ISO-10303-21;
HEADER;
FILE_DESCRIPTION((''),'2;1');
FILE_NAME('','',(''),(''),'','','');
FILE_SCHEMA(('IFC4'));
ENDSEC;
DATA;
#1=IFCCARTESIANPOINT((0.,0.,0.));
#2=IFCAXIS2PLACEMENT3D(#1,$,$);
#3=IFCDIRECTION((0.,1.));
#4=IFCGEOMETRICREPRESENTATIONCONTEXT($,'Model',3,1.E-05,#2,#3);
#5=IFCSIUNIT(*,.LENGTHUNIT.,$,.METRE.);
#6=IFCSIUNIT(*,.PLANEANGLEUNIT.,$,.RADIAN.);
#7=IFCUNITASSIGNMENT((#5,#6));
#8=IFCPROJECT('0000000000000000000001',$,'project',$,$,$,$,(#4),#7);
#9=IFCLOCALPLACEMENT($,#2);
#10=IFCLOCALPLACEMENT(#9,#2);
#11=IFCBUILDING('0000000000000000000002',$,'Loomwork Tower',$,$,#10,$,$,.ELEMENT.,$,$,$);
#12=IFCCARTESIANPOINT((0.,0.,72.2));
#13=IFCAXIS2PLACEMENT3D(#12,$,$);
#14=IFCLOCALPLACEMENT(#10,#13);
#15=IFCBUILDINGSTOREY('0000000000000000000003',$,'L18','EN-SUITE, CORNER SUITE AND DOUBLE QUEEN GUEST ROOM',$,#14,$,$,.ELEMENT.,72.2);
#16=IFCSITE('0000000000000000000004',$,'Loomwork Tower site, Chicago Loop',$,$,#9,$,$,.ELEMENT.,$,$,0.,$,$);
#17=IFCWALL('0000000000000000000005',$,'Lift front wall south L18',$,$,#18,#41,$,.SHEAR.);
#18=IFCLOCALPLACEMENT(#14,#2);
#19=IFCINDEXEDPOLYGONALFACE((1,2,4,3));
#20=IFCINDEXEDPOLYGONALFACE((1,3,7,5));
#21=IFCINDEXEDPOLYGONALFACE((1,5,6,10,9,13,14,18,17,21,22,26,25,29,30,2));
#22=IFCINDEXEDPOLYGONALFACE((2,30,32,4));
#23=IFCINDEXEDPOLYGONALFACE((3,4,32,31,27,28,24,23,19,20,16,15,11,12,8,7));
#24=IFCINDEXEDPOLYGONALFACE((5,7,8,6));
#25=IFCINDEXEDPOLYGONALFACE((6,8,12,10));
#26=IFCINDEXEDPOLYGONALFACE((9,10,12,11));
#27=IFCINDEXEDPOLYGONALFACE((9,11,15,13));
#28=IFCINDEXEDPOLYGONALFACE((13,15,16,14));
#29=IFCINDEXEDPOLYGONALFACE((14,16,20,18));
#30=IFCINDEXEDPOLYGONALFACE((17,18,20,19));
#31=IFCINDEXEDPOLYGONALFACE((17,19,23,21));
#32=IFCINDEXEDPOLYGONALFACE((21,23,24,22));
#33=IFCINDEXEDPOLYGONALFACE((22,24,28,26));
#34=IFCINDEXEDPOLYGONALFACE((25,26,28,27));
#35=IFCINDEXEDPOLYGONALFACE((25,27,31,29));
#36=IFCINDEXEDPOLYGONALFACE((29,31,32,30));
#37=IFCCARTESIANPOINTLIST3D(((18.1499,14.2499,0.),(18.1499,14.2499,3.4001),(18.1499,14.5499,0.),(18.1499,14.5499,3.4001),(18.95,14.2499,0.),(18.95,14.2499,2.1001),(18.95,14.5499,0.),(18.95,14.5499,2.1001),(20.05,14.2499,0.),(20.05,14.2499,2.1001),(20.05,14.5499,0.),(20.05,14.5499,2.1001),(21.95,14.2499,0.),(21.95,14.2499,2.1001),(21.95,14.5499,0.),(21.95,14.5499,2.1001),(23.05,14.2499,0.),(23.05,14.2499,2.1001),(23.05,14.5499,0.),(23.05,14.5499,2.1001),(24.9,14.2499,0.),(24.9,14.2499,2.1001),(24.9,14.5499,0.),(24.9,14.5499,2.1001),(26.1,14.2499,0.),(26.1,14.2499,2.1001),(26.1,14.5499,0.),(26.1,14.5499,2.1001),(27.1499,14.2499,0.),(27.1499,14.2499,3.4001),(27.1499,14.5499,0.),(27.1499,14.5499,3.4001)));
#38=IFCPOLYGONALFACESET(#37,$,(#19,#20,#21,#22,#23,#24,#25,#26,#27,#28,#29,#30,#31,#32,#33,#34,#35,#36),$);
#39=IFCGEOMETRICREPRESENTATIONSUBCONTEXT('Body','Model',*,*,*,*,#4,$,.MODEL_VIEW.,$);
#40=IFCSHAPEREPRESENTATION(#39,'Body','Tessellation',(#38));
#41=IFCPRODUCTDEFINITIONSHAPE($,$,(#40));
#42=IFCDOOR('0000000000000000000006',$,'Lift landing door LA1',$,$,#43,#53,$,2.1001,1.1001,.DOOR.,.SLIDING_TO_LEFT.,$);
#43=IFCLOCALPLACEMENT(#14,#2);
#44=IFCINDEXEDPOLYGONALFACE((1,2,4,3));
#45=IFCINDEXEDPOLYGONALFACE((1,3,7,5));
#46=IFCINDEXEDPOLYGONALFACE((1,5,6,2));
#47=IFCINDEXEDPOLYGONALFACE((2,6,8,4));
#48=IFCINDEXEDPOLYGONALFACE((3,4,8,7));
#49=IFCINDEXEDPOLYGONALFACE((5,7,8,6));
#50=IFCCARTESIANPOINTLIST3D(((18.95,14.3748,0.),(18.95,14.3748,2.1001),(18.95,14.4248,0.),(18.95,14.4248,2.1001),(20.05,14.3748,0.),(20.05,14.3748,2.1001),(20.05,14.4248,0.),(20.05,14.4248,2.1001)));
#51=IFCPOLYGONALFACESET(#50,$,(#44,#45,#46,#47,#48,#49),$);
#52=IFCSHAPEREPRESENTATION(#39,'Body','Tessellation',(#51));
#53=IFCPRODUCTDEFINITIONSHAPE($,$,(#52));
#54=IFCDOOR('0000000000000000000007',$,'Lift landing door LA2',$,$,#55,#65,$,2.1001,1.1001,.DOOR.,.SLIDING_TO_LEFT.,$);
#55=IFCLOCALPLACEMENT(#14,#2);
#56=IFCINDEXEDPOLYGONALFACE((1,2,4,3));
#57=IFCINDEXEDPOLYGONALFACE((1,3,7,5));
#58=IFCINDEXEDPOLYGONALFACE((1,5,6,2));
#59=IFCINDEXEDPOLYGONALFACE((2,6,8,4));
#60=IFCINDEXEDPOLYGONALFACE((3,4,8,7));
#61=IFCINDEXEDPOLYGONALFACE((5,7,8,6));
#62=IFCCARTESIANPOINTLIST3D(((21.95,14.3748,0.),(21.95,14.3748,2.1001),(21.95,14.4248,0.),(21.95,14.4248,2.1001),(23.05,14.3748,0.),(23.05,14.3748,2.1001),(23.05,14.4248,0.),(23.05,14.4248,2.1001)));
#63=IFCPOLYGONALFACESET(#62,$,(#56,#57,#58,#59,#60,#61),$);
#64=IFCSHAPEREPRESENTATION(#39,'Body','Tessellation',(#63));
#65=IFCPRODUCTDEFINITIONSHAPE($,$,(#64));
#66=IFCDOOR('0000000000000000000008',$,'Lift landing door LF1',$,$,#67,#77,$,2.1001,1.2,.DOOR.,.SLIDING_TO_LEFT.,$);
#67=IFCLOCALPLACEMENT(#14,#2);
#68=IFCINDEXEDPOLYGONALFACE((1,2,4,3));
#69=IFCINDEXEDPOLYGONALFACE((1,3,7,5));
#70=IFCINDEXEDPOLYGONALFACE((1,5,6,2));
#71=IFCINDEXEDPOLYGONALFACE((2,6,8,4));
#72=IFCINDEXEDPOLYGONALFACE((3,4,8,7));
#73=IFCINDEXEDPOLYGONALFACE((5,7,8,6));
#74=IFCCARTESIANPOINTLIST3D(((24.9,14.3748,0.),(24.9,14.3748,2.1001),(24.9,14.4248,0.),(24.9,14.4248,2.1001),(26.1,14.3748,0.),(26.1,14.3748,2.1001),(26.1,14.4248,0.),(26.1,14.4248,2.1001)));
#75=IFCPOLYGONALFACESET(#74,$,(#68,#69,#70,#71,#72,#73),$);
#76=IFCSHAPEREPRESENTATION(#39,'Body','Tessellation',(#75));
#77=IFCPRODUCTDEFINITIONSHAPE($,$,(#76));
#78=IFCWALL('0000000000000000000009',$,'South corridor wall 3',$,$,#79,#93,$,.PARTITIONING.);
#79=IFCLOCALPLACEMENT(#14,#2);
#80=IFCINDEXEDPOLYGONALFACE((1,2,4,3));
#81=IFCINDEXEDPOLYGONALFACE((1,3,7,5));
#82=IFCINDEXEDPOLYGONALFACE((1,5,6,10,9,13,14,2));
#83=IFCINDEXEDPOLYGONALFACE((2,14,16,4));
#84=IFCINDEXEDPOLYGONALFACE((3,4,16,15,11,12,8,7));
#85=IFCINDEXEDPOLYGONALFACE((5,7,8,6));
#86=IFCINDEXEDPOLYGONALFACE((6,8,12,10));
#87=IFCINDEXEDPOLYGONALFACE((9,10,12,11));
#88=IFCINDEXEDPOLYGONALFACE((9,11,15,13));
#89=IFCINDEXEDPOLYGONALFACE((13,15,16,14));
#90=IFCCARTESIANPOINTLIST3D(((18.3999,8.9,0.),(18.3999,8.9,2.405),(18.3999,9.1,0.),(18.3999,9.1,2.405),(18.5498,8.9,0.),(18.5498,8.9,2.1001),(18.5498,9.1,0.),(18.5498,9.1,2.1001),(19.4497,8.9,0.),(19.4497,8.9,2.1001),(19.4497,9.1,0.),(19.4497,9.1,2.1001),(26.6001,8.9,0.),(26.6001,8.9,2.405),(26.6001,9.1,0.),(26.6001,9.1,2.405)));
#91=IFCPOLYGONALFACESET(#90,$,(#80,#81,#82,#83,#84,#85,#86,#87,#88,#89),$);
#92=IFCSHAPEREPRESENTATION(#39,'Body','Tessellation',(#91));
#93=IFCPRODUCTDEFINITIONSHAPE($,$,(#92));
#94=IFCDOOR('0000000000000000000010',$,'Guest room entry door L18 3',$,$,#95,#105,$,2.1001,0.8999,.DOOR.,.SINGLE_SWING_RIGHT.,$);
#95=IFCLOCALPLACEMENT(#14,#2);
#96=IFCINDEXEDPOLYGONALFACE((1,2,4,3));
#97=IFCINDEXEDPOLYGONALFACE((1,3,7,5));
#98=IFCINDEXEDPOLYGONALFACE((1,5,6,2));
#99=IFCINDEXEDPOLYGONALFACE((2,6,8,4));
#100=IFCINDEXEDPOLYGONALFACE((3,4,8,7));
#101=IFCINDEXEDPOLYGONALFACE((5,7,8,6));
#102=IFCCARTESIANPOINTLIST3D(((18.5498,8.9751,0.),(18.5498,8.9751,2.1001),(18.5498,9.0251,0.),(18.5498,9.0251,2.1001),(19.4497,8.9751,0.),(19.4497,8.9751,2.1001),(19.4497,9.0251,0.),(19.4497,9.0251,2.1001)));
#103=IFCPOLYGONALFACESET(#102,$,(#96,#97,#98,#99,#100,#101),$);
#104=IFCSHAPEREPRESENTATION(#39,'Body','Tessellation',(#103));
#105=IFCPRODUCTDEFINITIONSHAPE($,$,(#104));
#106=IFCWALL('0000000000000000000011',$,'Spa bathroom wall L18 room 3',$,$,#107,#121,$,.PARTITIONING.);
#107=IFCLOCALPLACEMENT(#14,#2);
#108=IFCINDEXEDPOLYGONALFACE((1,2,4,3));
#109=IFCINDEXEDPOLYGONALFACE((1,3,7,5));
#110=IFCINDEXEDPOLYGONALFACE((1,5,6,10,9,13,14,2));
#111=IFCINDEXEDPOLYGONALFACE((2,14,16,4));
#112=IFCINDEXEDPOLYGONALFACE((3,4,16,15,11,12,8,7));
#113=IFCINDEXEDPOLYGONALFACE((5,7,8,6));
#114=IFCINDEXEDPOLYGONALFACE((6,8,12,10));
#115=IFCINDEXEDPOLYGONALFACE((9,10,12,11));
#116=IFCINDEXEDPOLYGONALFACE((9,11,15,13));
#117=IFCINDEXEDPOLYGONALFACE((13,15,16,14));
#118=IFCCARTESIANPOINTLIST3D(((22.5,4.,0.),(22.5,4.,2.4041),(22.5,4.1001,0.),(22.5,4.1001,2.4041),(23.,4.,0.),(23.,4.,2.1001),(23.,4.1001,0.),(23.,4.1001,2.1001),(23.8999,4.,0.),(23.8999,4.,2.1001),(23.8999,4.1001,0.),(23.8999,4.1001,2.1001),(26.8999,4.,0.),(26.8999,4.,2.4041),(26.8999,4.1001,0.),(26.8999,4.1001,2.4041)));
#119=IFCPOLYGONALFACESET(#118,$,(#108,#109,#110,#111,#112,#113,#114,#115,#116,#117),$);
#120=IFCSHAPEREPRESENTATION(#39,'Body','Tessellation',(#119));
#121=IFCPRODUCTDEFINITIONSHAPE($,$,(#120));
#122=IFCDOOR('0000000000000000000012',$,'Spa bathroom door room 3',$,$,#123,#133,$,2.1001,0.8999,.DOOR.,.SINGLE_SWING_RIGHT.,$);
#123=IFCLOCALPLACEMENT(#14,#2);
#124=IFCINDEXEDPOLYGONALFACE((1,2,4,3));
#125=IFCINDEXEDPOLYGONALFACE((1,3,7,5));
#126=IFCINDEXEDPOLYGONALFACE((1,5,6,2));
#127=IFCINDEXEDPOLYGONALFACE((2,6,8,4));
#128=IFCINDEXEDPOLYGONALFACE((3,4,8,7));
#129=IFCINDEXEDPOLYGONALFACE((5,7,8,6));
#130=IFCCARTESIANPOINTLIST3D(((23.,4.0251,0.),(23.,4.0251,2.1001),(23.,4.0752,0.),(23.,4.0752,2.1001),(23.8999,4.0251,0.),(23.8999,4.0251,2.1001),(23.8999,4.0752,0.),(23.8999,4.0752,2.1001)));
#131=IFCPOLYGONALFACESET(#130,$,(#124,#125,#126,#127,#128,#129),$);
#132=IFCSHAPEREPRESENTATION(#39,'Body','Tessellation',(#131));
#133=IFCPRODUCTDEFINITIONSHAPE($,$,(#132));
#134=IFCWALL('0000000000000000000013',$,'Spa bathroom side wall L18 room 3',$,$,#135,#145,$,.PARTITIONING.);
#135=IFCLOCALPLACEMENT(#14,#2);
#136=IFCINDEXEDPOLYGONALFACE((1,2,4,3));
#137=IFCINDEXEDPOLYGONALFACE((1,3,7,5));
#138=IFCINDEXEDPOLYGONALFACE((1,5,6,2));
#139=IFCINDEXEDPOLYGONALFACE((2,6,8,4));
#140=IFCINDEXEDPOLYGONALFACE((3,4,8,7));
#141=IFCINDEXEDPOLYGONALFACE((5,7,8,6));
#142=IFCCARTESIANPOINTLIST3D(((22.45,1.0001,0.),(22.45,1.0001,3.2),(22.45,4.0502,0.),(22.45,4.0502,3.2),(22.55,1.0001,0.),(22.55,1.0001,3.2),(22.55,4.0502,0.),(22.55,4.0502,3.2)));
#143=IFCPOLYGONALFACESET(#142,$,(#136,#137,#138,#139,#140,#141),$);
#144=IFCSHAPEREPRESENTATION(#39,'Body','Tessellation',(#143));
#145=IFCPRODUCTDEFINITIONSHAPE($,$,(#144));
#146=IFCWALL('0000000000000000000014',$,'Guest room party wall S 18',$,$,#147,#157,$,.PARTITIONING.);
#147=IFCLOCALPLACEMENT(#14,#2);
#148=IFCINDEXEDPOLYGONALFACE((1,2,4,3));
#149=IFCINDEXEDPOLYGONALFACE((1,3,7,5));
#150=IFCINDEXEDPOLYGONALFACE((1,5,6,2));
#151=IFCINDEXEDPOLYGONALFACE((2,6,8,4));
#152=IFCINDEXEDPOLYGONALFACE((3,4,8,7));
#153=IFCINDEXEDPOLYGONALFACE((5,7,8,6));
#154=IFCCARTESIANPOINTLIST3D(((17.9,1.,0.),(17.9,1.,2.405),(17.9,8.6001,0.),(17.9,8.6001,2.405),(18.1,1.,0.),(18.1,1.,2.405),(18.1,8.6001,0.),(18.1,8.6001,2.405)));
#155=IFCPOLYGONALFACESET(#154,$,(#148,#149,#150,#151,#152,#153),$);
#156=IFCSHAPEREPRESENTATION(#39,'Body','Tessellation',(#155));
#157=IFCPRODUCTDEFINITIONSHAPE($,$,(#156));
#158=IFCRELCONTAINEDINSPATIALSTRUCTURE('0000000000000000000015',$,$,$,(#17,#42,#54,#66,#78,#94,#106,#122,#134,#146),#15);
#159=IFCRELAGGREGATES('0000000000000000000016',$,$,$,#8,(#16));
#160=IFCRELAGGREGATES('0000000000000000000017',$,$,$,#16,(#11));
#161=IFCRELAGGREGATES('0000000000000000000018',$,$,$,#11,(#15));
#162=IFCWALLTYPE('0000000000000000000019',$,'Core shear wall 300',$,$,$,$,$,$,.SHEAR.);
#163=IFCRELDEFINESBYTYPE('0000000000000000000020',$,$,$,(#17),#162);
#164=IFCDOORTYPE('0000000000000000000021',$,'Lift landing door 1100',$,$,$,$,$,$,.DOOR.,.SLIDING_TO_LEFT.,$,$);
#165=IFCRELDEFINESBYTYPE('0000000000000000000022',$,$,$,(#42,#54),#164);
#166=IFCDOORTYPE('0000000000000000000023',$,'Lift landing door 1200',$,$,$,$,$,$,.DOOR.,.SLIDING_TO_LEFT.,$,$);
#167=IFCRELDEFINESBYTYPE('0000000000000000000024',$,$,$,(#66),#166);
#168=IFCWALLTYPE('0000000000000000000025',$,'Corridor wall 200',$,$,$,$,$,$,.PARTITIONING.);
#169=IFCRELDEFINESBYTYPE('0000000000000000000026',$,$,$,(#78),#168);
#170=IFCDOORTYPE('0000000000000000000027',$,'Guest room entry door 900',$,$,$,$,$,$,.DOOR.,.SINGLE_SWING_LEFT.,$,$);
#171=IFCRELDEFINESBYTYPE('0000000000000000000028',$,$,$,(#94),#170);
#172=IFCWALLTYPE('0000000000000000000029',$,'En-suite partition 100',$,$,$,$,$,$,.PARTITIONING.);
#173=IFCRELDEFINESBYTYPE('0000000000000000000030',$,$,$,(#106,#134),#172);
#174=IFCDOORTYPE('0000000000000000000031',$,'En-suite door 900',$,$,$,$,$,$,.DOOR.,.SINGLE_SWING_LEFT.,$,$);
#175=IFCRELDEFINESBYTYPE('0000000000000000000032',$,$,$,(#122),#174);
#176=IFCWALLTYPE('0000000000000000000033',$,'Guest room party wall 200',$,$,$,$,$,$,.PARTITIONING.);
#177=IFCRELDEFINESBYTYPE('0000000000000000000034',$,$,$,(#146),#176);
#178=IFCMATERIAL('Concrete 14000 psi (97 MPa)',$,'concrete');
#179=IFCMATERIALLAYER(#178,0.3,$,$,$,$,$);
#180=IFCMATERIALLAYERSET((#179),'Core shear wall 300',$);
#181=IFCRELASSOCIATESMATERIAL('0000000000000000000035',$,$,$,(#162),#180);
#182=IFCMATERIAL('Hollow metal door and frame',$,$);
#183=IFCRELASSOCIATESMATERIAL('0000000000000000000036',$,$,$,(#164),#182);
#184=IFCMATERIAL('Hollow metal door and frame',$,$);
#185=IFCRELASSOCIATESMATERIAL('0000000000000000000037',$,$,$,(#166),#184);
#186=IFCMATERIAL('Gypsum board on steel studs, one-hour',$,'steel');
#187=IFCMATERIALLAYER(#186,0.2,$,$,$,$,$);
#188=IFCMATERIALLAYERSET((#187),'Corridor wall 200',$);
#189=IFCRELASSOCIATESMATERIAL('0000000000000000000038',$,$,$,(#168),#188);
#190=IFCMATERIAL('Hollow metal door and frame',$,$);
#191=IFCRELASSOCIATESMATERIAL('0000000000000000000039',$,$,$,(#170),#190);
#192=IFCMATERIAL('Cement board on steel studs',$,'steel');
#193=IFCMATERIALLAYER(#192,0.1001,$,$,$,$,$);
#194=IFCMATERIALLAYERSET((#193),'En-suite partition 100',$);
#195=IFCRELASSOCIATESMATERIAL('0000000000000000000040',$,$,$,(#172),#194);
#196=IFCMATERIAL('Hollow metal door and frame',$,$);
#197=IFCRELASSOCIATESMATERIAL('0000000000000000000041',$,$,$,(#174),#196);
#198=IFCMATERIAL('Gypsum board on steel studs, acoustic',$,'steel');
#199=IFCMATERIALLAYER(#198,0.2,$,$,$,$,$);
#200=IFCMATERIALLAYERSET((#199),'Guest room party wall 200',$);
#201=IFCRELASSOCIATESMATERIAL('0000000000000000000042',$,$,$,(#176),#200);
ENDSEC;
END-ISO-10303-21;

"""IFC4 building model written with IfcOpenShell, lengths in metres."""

from ifc_helpers import new_model, si_unit, direction, frame, frame_2d, origin, place, context, subcontext, project, spatial, rectangle, extrude, material, layer, layer_set, type_object, element, fill, save


model = new_model("IFC4")

# Units and contexts
model_context = context("Model", 3, precision=1e-05, world=origin(), true_north=direction((0.0, 1.0)))
body_context = subcontext(model_context, "Body", "Model", "MODEL_VIEW")
ifc_project = project(units=[si_unit("LENGTHUNIT", "METRE"), si_unit("PLANEANGLEUNIT", "RADIAN")], contexts=[model_context])

# Site, building, storey
site_placement = place(None, origin())
site = spatial("IfcSite", under=ifc_project, at=site_placement, Name="Loomwork Tower site, Chicago Loop", CompositionType="ELEMENT", RefElevation=0.0)
building_placement = place(site_placement, origin())
building = spatial("IfcBuilding", under=site, at=building_placement, Name="Loomwork Tower", CompositionType="ELEMENT")
storey_placement = place(building_placement, frame((0.0, 0.0, 72.2)))
storey = spatial("IfcBuildingStorey", under=building, at=storey_placement, Name="L18", Description="EN-SUITE, CORNER SUITE AND DOUBLE QUEEN GUEST ROOM", CompositionType="ELEMENT", Elevation=72.2)

# Wall, openings, doors
ifc_material_1 = material(Name="Concrete 14000 psi (97 MPa)", Category="concrete")
ifc_layer_1 = layer(ifc_material_1, 0.3)
ifc_layer_set_1 = layer_set([ifc_layer_1], Name="Core shear wall 300")
wall_type_1 = type_object("IfcWallType", Name="Core shear wall 300", PredefinedType="SHEAR", material=ifc_layer_set_1)
wall_1_placement = place(storey_placement, frame((18.1499, 14.3999, 0.0), z_axis=(0.0, 0.0, 1.0), x_axis=(1.0, 0.0, 0.0)))
wall_1 = element("IfcWall", 1, at=wall_1_placement, inside=storey, type_object=wall_type_1, Name="Lift front wall south L18", PredefinedType="SHEAR", context=body_context, shape_type="SweptSolid", body=[
    extrude(rectangle(XDim=9.0, YDim=0.3, at=frame_2d((4.5, 0.0))), origin(), (0.0, 0.0, 1.0), 3.4001),
])
opening_1_placement = place(wall_1_placement, frame((0.8, 0.0, 0.0)))
opening_1 = element("IfcOpeningElement", 2, at=opening_1_placement, cuts=wall_1, PredefinedType="OPENING", context=body_context, shape_type="SweptSolid", body=[
    extrude(rectangle(XDim=1.1001, YDim=2.1001, at=frame_2d((0.55, 1.05))), frame((0.0, 0.1599, 0.0), z_axis=(0.0, -1.0, 0.0), x_axis=(1.0, 0.0, 0.0)), (0.0, 0.0, 1.0), 0.3201),
])
opening_2_placement = place(wall_1_placement, frame((3.8, 0.0, 0.0)))
opening_2 = element("IfcOpeningElement", 3, at=opening_2_placement, cuts=wall_1, PredefinedType="OPENING", context=body_context, shape_type="SweptSolid", body=[
    extrude(rectangle(XDim=1.1001, YDim=2.1001, at=frame_2d((0.55, 1.05))), frame((0.0, 0.1599, 0.0), z_axis=(0.0, -1.0, 0.0), x_axis=(1.0, 0.0, 0.0)), (0.0, 0.0, 1.0), 0.3201),
])
opening_3_placement = place(wall_1_placement, frame((6.75, 0.0, 0.0)))
opening_3 = element("IfcOpeningElement", 4, at=opening_3_placement, cuts=wall_1, PredefinedType="OPENING", context=body_context, shape_type="SweptSolid", body=[
    extrude(rectangle(XDim=1.2, YDim=2.1001, at=frame_2d((0.6001, 1.05))), frame((0.0, 0.1599, 0.0), z_axis=(0.0, -1.0, 0.0), x_axis=(1.0, 0.0, 0.0)), (0.0, 0.0, 1.0), 0.3201),
])
ifc_material_2 = material(Name="Hollow metal door and frame")
door_type_1 = type_object("IfcDoorType", Name="Lift landing door 1100", OperationType="SLIDING_TO_LEFT", PredefinedType="DOOR", material=ifc_material_2)
door_1_placement = place(opening_1_placement, origin())
door_1 = element("IfcDoor", 5, at=door_1_placement, inside=storey, type_object=door_type_1, Name="Lift landing door LA1", OperationType="SLIDING_TO_LEFT", OverallHeight=2.1001, OverallWidth=1.1001, PredefinedType="DOOR", context=body_context, shape_type="SweptSolid", body=[
    extrude(rectangle(XDim=1.1001, YDim=2.1001, at=frame_2d((0.55, 1.05))), frame((0.0, 0.0249, 0.0), z_axis=(0.0, -1.0, 0.0), x_axis=(1.0, 0.0, 0.0)), (0.0, 0.0, 1.0), 0.05),
])
fill(opening_1, door_1)
door_2_placement = place(opening_2_placement, origin())
door_2 = element("IfcDoor", 6, at=door_2_placement, inside=storey, type_object=door_type_1, Name="Lift landing door LA2", OperationType="SLIDING_TO_LEFT", OverallHeight=2.1001, OverallWidth=1.1001, PredefinedType="DOOR", context=body_context, shape_type="SweptSolid", body=[
    extrude(rectangle(XDim=1.1001, YDim=2.1001, at=frame_2d((0.55, 1.05))), frame((0.0, 0.0249, 0.0), z_axis=(0.0, -1.0, 0.0), x_axis=(1.0, 0.0, 0.0)), (0.0, 0.0, 1.0), 0.05),
])
fill(opening_2, door_2)
ifc_material_3 = material(Name="Hollow metal door and frame")
door_type_2 = type_object("IfcDoorType", Name="Lift landing door 1200", OperationType="SLIDING_TO_LEFT", PredefinedType="DOOR", material=ifc_material_3)
door_3_placement = place(opening_3_placement, origin())
door_3 = element("IfcDoor", 7, at=door_3_placement, inside=storey, type_object=door_type_2, Name="Lift landing door LF1", OperationType="SLIDING_TO_LEFT", OverallHeight=2.1001, OverallWidth=1.2, PredefinedType="DOOR", context=body_context, shape_type="SweptSolid", body=[
    extrude(rectangle(XDim=1.2, YDim=2.1001, at=frame_2d((0.6001, 1.05))), frame((0.0, 0.0249, 0.0), z_axis=(0.0, -1.0, 0.0), x_axis=(1.0, 0.0, 0.0)), (0.0, 0.0, 1.0), 0.05),
])
fill(opening_3, door_3)

# Walls, openings, doors
ifc_material_4 = material(Name="Gypsum board on steel studs, one-hour", Category="steel")
ifc_layer_2 = layer(ifc_material_4, 0.2)
ifc_layer_set_2 = layer_set([ifc_layer_2], Name="Corridor wall 200")
wall_type_2 = type_object("IfcWallType", Name="Corridor wall 200", PredefinedType="PARTITIONING", material=ifc_layer_set_2)
wall_2_placement = place(storey_placement, frame((18.3999, 9.0, 0.0), z_axis=(0.0, 0.0, 1.0), x_axis=(1.0, 0.0, 0.0)))
wall_2 = element("IfcWall", 8, at=wall_2_placement, inside=storey, type_object=wall_type_2, Name="South corridor wall 3", PredefinedType="PARTITIONING", context=body_context, shape_type="SweptSolid", body=[
    extrude(rectangle(XDim=8.2002, YDim=0.2, at=frame_2d((4.1001, 0.0))), origin(), (0.0, 0.0, 1.0), 2.405),
])
opening_4_placement = place(wall_2_placement, frame((0.1499, 0.0, 0.0)))
opening_4 = element("IfcOpeningElement", 9, at=opening_4_placement, cuts=wall_2, PredefinedType="OPENING", context=body_context, shape_type="SweptSolid", body=[
    extrude(rectangle(XDim=0.8999, YDim=2.1001, at=frame_2d((0.45, 1.05))), frame((0.0, 0.1099, 0.0), z_axis=(0.0, -1.0, 0.0), x_axis=(1.0, 0.0, 0.0)), (0.0, 0.0, 1.0), 0.22),
])
ifc_material_5 = material(Name="Hollow metal door and frame")
door_type_3 = type_object("IfcDoorType", Name="Guest room entry door 900", OperationType="SINGLE_SWING_LEFT", PredefinedType="DOOR", material=ifc_material_5)
door_4_placement = place(opening_4_placement, frame((0.8999, 0.0, 0.0), z_axis=(0.0, 0.0, 1.0), x_axis=(-1.0, 0.0, 0.0)))
door_4 = element("IfcDoor", 10, at=door_4_placement, inside=storey, type_object=door_type_3, Name="Guest room entry door L18 3", OperationType="SINGLE_SWING_RIGHT", OverallHeight=2.1001, OverallWidth=0.8999, PredefinedType="DOOR", context=body_context, shape_type="SweptSolid", body=[
    extrude(rectangle(XDim=0.8999, YDim=2.1001, at=frame_2d((0.45, 1.05))), frame((0.0, 0.0249, 0.0), z_axis=(0.0, -1.0, 0.0), x_axis=(1.0, 0.0, 0.0)), (0.0, 0.0, 1.0), 0.05),
])
fill(opening_4, door_4)
ifc_material_6 = material(Name="Cement board on steel studs", Category="steel")
ifc_layer_3 = layer(ifc_material_6, 0.1001)
ifc_layer_set_3 = layer_set([ifc_layer_3], Name="En-suite partition 100")
wall_type_3 = type_object("IfcWallType", Name="En-suite partition 100", PredefinedType="PARTITIONING", material=ifc_layer_set_3)
wall_3_placement = place(storey_placement, frame((22.5, 4.05, 0.0), z_axis=(0.0, 0.0, 1.0), x_axis=(1.0, 0.0, 0.0)))
wall_3 = element("IfcWall", 11, at=wall_3_placement, inside=storey, type_object=wall_type_3, Name="Spa bathroom wall L18 room 3", PredefinedType="PARTITIONING", context=body_context, shape_type="SweptSolid", body=[
    extrude(rectangle(XDim=4.3999, YDim=0.1001, at=frame_2d((2.2, 0.0))), origin(), (0.0, 0.0, 1.0), 2.4041),
])
opening_5_placement = place(wall_3_placement, frame((0.5, 0.0, 0.0)))
opening_5 = element("IfcOpeningElement", 12, at=opening_5_placement, cuts=wall_3, PredefinedType="OPENING", context=body_context, shape_type="SweptSolid", body=[
    extrude(rectangle(XDim=0.8999, YDim=2.1001, at=frame_2d((0.45, 1.05))), frame((0.0, 0.0601, 0.0), z_axis=(0.0, -1.0, 0.0), x_axis=(1.0, 0.0, 0.0)), (0.0, 0.0, 1.0), 0.1201),
])
ifc_material_7 = material(Name="Hollow metal door and frame")
door_type_4 = type_object("IfcDoorType", Name="En-suite door 900", OperationType="SINGLE_SWING_LEFT", PredefinedType="DOOR", material=ifc_material_7)
door_5_placement = place(opening_5_placement, frame((0.8999, 0.0, 0.0), z_axis=(0.0, 0.0, 1.0), x_axis=(-1.0, 0.0, 0.0)))
door_5 = element("IfcDoor", 13, at=door_5_placement, inside=storey, type_object=door_type_4, Name="Spa bathroom door room 3", OperationType="SINGLE_SWING_RIGHT", OverallHeight=2.1001, OverallWidth=0.8999, PredefinedType="DOOR", context=body_context, shape_type="SweptSolid", body=[
    extrude(rectangle(XDim=0.8999, YDim=2.1001, at=frame_2d((0.45, 1.05))), frame((0.0, 0.0249, 0.0), z_axis=(0.0, -1.0, 0.0), x_axis=(1.0, 0.0, 0.0)), (0.0, 0.0, 1.0), 0.05),
])
fill(opening_5, door_5)

# Walls
wall_4_placement = place(storey_placement, frame((22.5, 4.05, 0.0), z_axis=(0.0, 0.0, 1.0), x_axis=(0.0, -1.0, 0.0)))
element("IfcWall", 14, at=wall_4_placement, inside=storey, type_object=wall_type_3, Name="Spa bathroom side wall L18 room 3", PredefinedType="PARTITIONING", context=body_context, shape_type="SweptSolid", body=[
    extrude(rectangle(XDim=3.05, YDim=0.1001, at=frame_2d((1.5249, 0.0))), origin(), (0.0, 0.0, 1.0), 3.2),
])
ifc_material_8 = material(Name="Gypsum board on steel studs, acoustic", Category="steel")
ifc_layer_4 = layer(ifc_material_8, 0.2)
ifc_layer_set_4 = layer_set([ifc_layer_4], Name="Guest room party wall 200")
wall_type_4 = type_object("IfcWallType", Name="Guest room party wall 200", PredefinedType="PARTITIONING", material=ifc_layer_set_4)
wall_5_placement = place(storey_placement, frame((18.0, 8.6001, 0.0), z_axis=(0.0, 0.0, 1.0), x_axis=(0.0, -1.0, 0.0)))
element("IfcWall", 15, at=wall_5_placement, inside=storey, type_object=wall_type_4, Name="Guest room party wall S 18", PredefinedType="PARTITIONING", context=body_context, shape_type="SweptSolid", body=[
    extrude(rectangle(XDim=7.6001, YDim=0.2, at=frame_2d((3.8, 0.0))), origin(), (0.0, 0.0, 1.0), 2.405),
])

save(model, "model.ifc")
